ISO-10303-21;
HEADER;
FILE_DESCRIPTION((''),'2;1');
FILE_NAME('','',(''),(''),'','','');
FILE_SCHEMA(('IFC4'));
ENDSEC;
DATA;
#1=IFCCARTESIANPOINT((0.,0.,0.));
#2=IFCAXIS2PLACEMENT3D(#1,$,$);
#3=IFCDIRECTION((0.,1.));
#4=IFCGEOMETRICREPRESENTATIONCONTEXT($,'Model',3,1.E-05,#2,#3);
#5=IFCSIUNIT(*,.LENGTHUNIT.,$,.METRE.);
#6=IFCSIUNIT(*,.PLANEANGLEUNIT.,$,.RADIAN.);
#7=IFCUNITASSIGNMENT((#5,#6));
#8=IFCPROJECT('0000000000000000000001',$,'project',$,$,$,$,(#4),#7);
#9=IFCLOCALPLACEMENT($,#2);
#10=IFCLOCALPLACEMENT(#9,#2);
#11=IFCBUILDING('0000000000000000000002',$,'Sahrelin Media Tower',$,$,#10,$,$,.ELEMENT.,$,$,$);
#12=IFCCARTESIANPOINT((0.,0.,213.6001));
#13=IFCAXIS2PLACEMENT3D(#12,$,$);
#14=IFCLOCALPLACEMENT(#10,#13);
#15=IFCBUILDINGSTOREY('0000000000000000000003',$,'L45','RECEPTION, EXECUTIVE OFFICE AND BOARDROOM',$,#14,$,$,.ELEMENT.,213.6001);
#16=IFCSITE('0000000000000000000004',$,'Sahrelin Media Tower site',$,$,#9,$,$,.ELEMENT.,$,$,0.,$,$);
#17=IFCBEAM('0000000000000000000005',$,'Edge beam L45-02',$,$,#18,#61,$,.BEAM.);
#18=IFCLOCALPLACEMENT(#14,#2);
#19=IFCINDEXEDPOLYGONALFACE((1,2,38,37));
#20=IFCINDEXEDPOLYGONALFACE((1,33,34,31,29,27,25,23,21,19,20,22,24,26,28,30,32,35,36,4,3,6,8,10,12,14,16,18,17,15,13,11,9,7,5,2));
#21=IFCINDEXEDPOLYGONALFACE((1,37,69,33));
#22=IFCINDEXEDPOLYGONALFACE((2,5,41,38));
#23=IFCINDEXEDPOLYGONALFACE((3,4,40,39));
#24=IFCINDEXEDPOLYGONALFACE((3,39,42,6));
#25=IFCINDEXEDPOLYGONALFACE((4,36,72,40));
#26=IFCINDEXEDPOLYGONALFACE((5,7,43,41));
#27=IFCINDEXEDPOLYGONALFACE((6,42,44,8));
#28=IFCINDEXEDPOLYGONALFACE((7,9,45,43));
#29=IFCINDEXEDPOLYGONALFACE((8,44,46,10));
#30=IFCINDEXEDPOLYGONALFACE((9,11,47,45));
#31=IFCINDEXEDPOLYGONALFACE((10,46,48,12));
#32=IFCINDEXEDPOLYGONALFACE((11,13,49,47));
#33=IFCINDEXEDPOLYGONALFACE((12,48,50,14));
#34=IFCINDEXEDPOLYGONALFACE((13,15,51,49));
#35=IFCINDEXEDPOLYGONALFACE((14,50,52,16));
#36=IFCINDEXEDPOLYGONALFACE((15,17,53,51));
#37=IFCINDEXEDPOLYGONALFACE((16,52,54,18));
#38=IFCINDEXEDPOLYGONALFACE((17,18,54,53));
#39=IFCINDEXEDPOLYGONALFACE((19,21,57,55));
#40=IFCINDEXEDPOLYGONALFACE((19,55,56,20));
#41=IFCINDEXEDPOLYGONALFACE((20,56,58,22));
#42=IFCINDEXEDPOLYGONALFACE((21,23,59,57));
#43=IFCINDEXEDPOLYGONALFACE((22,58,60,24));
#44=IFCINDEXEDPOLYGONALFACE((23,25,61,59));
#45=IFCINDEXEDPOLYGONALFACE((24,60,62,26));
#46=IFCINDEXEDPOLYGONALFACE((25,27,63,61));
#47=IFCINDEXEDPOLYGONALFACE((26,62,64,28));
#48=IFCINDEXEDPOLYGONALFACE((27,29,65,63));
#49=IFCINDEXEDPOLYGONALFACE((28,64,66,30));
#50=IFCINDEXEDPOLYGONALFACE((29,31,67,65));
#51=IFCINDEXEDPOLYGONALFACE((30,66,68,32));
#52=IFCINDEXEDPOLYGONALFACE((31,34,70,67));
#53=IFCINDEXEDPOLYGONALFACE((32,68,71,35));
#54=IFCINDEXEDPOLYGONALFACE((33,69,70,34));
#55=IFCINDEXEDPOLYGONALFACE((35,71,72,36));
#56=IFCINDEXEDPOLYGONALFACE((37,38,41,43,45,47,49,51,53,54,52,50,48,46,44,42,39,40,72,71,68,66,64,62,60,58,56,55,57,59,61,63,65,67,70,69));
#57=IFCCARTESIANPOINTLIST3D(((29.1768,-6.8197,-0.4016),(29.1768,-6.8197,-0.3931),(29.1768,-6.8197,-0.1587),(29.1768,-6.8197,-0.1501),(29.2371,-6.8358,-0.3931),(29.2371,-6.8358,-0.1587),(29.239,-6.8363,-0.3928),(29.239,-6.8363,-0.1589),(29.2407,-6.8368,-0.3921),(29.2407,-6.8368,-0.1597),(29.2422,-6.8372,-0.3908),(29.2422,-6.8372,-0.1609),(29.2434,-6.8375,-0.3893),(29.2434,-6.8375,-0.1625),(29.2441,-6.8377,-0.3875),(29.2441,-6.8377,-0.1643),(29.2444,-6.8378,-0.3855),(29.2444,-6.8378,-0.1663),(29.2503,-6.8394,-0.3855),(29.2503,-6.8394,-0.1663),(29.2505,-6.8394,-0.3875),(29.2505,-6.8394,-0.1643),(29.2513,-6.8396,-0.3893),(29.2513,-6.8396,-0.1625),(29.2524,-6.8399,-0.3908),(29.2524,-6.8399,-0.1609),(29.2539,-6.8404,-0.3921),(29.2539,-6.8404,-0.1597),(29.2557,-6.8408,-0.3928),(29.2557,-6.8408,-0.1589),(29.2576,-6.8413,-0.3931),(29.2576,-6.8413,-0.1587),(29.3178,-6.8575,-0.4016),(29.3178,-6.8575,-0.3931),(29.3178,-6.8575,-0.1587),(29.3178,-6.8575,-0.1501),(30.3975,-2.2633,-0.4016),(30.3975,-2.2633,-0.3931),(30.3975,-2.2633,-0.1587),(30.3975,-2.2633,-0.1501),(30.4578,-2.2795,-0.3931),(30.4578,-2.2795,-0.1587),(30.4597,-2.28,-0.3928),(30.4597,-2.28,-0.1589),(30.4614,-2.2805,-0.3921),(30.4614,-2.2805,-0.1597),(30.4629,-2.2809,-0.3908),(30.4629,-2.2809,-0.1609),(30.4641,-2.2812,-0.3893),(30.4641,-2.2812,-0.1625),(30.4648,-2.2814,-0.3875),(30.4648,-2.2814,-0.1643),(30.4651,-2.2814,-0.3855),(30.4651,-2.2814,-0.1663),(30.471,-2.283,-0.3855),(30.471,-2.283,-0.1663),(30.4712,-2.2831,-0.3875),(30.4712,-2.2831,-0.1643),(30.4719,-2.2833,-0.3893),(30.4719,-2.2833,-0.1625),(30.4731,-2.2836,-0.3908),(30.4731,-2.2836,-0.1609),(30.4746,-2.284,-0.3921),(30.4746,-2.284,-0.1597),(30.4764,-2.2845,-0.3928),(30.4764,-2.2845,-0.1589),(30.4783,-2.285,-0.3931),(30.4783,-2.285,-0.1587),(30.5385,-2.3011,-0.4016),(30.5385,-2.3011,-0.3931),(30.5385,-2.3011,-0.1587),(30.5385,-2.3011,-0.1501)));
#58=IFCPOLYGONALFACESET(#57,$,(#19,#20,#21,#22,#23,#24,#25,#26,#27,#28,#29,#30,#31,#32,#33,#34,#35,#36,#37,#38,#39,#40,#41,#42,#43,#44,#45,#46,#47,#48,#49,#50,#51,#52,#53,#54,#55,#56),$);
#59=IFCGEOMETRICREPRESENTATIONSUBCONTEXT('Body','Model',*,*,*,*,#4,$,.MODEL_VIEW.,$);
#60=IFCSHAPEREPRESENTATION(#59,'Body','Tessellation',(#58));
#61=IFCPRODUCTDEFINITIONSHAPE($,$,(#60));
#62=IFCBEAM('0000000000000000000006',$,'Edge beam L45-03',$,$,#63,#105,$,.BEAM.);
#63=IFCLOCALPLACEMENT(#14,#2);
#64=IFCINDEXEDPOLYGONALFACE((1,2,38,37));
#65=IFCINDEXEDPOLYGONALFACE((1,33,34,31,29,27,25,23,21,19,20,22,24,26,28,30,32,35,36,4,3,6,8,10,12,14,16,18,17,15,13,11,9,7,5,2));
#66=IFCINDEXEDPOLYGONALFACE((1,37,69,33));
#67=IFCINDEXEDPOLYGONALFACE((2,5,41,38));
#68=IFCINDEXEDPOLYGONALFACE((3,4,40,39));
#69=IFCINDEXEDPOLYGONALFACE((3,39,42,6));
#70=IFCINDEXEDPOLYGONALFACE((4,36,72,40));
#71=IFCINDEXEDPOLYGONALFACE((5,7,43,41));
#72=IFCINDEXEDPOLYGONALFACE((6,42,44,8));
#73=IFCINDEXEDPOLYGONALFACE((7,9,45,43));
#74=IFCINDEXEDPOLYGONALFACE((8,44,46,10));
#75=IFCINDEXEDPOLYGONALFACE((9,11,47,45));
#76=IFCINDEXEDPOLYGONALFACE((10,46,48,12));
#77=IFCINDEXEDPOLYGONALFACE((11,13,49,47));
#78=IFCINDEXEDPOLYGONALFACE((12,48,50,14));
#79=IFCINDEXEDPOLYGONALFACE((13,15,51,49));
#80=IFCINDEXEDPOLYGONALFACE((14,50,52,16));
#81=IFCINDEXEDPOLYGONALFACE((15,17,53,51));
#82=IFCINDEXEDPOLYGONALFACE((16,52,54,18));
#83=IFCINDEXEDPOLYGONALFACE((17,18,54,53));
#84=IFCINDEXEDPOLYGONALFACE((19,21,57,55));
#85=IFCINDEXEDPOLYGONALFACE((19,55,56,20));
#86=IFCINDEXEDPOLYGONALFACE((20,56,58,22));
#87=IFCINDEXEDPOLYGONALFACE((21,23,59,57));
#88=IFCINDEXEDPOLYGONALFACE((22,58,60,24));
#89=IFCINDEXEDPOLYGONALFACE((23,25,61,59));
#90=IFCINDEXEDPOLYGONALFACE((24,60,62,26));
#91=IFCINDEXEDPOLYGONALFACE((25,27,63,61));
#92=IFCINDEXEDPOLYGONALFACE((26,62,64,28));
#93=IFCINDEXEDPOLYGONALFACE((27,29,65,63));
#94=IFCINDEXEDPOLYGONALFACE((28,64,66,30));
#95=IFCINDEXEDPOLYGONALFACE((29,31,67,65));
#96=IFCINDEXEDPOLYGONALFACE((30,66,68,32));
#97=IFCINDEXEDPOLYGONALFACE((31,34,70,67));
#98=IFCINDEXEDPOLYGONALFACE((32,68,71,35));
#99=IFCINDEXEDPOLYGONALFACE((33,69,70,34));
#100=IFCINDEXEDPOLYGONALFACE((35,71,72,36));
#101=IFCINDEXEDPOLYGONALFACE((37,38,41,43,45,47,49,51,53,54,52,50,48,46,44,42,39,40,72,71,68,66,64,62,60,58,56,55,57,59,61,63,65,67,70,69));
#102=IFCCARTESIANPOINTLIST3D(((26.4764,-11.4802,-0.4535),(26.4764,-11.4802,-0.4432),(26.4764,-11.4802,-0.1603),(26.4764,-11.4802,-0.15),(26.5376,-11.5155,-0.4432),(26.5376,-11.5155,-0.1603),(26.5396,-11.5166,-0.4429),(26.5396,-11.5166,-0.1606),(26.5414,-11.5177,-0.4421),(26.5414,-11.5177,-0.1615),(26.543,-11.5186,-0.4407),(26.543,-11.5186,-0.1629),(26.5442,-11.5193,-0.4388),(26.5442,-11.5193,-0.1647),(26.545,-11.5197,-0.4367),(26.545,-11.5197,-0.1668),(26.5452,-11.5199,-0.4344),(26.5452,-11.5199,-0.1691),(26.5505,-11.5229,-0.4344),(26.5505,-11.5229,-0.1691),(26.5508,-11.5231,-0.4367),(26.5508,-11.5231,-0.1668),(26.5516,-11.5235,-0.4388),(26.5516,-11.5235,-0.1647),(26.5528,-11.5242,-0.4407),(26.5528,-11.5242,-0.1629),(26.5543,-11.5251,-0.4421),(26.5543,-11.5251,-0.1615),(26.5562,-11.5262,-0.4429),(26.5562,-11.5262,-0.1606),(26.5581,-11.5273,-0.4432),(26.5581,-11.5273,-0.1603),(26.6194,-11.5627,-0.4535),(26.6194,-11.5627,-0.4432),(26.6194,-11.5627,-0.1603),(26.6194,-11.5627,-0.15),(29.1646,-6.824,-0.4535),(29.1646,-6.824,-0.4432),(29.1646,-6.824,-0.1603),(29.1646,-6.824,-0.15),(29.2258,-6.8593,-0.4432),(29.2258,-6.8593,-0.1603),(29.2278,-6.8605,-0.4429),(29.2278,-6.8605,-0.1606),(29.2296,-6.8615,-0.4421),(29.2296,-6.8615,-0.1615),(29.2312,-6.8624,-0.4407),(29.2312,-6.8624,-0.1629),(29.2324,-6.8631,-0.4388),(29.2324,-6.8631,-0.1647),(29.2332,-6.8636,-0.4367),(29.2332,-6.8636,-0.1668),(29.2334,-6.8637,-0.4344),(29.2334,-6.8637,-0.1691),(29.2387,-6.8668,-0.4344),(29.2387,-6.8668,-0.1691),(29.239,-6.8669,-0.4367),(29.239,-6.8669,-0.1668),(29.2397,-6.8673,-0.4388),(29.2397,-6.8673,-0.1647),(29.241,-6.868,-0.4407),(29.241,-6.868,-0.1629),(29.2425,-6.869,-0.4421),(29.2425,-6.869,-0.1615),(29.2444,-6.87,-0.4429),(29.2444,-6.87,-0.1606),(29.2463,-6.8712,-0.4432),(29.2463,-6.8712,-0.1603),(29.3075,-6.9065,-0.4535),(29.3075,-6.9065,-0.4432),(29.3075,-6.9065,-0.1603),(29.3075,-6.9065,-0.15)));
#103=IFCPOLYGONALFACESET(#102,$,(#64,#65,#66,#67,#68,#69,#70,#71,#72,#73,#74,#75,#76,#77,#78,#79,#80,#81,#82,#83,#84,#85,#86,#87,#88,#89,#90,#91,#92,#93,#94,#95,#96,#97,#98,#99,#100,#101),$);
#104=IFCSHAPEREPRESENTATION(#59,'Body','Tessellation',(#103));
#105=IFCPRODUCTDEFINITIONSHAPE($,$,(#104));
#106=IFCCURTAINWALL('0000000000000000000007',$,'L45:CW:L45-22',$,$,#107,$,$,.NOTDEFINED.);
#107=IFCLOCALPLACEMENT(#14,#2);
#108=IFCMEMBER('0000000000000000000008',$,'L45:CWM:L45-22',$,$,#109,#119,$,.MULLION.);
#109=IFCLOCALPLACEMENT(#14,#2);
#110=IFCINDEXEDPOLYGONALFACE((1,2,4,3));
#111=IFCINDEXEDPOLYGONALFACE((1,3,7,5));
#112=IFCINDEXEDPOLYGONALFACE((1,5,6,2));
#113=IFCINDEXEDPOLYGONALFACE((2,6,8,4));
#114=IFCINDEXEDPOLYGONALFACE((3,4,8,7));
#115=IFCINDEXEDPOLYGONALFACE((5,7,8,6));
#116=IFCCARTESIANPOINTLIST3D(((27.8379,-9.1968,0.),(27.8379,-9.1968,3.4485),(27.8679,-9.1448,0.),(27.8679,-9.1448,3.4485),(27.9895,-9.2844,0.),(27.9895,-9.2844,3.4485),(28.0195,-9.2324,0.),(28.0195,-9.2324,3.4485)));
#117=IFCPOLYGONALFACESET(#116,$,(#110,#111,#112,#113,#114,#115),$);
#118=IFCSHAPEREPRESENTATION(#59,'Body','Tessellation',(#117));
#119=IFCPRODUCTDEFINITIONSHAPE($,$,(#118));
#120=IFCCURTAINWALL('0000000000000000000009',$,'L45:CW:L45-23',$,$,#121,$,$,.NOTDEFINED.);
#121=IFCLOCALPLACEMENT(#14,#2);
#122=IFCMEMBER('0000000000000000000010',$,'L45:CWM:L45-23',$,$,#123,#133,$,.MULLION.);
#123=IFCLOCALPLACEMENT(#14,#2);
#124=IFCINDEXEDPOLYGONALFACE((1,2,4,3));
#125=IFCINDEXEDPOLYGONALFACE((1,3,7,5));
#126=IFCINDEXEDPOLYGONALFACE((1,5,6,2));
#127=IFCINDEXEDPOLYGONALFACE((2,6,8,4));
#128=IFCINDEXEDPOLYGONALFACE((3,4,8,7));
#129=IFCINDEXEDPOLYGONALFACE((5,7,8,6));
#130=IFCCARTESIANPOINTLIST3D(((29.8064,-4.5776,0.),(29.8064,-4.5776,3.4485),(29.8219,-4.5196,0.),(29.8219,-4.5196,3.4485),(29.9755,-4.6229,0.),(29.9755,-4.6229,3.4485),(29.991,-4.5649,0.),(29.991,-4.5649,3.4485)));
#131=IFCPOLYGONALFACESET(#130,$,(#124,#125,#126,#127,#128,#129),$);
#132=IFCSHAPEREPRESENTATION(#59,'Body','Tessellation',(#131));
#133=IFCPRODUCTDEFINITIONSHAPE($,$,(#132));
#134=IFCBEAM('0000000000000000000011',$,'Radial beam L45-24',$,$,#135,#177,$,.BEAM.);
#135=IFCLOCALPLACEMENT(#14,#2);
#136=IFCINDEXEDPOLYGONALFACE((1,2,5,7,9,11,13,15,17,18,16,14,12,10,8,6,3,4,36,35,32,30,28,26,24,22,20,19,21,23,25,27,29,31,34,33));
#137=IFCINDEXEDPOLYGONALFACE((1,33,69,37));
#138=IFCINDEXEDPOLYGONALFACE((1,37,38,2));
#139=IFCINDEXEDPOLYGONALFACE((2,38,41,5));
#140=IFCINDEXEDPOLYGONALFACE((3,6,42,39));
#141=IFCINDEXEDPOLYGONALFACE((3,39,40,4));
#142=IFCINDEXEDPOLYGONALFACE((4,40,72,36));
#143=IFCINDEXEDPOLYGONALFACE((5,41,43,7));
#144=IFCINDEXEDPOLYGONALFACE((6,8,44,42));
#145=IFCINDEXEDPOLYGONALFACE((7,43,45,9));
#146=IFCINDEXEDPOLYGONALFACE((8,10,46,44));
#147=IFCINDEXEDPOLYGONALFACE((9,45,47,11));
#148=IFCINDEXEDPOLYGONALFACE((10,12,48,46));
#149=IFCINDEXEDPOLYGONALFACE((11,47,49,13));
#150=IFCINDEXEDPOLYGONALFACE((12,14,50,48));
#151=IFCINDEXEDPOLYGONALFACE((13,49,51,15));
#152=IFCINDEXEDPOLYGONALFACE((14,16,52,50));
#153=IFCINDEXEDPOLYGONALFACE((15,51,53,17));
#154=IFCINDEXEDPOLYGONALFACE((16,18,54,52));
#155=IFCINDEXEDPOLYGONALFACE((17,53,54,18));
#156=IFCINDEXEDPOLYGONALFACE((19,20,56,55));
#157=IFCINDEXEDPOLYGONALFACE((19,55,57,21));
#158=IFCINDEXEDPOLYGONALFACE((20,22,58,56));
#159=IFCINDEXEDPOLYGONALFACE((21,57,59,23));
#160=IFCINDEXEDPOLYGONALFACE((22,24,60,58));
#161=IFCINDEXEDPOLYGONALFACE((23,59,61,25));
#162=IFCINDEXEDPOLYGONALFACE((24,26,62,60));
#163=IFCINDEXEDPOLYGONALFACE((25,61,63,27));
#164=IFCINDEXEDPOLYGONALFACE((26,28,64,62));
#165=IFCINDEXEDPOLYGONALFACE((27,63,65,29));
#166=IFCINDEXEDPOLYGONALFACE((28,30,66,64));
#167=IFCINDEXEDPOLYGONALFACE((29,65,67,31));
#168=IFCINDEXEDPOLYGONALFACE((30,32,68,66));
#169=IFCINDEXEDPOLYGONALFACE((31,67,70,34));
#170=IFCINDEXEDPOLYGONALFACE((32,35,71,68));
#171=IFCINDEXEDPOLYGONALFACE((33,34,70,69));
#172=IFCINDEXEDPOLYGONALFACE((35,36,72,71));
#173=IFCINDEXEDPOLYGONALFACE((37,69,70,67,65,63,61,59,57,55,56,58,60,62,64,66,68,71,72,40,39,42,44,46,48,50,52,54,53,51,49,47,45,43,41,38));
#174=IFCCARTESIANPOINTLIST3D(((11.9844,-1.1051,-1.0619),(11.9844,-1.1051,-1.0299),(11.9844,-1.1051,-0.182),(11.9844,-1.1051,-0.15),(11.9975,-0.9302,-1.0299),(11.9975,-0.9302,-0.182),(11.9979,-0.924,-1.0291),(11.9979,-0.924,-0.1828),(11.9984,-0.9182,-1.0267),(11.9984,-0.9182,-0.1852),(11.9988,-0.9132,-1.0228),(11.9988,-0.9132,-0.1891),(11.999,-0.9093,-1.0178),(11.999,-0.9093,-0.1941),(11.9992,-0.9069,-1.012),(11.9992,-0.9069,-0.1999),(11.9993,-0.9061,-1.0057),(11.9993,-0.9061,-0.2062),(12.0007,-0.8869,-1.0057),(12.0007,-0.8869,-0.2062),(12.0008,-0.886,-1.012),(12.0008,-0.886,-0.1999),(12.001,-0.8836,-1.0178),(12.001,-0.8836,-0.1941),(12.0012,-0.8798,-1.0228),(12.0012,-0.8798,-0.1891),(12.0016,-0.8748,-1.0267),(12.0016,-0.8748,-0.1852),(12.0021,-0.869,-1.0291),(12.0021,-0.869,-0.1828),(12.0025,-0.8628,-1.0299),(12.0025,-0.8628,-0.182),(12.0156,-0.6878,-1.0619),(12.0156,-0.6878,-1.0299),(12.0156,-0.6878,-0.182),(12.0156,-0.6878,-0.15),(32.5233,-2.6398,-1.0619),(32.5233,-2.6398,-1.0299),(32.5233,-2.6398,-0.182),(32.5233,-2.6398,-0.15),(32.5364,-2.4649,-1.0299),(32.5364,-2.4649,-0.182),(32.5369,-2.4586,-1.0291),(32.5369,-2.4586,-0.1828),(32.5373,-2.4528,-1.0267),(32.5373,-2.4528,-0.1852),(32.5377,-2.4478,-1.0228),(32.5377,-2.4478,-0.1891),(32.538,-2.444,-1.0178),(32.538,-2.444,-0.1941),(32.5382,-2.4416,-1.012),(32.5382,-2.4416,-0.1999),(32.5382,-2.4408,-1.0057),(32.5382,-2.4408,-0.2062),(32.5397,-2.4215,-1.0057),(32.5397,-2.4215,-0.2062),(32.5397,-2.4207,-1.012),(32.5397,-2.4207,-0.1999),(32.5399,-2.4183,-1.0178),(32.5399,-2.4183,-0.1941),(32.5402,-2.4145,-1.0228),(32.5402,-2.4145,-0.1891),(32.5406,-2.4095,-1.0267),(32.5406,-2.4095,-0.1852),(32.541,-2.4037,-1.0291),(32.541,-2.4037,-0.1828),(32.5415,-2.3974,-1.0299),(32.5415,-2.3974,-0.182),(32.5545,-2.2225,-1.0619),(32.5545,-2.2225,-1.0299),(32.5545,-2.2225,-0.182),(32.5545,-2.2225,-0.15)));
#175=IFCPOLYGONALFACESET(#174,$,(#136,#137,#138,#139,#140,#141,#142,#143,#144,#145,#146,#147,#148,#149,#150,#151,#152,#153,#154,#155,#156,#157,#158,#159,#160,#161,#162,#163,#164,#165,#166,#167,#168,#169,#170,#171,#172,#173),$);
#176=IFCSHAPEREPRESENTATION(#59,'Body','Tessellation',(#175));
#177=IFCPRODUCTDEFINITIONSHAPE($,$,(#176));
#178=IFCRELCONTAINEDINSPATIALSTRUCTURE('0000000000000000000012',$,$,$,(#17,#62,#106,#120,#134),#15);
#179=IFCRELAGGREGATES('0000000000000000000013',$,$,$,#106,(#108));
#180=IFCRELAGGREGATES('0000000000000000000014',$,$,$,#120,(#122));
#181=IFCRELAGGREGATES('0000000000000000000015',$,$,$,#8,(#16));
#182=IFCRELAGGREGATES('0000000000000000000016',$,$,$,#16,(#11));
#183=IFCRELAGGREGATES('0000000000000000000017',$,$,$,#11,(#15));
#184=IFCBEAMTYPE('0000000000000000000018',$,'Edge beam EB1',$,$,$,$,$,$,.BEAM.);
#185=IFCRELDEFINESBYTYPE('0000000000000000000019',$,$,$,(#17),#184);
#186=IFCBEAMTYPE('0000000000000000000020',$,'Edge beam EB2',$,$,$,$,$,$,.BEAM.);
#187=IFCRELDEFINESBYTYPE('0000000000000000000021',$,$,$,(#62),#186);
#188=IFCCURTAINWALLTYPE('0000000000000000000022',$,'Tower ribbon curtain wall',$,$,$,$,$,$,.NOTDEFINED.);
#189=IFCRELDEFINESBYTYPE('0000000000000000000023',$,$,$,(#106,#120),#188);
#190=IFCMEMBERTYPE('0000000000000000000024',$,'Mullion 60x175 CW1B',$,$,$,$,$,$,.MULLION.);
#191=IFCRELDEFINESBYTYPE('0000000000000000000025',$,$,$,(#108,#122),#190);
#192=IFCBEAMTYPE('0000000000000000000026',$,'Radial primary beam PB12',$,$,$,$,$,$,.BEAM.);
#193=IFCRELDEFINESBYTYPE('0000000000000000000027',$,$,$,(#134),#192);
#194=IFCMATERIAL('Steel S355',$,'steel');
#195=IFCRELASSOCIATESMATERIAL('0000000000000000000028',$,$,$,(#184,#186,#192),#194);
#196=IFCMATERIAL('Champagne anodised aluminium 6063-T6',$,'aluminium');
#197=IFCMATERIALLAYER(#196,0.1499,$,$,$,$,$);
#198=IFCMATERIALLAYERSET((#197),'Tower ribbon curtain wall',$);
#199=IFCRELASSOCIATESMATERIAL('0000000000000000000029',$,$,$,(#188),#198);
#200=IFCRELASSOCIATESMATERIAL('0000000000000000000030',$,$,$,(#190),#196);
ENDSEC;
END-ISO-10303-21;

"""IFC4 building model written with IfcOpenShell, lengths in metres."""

from ifc_helpers import new_model, si_unit, direction, frame, origin, origin_2d, place, context, subcontext, project, spatial, rectangle, i_section, extrude, material, layer, layer_set, material_profile, profile_set, type_object, element, aggregate, save


model = new_model("IFC4")

# Units and contexts
model_context = context("Model", 3, precision=1e-05, world=origin(), true_north=direction((0.0, 1.0)))
body_context = subcontext(model_context, "Body", "Model", "MODEL_VIEW")
ifc_project = project(units=[si_unit("LENGTHUNIT", "METRE"), si_unit("PLANEANGLEUNIT", "RADIAN")], contexts=[model_context])

# Site, building, storey
site_placement = place(None, origin())
site = spatial("IfcSite", under=ifc_project, at=site_placement, Name="Sahrelin Media Tower site", CompositionType="ELEMENT", RefElevation=0.0)
building_placement = place(site_placement, origin())
building = spatial("IfcBuilding", under=site, at=building_placement, Name="Sahrelin Media Tower", CompositionType="ELEMENT")
storey_placement = place(building_placement, frame((0.0, 0.0, 213.6001)))
storey = spatial("IfcBuildingStorey", under=building, at=storey_placement, Name="L45", Description="RECEPTION, EXECUTIVE OFFICE AND BOARDROOM", CompositionType="ELEMENT", Elevation=213.6001)

# Beams
ifc_material_1 = material(Name="Steel S355", Category="steel")
ifc_material_profile_1 = material_profile(ifc_material_1, i_section(OverallWidth=0.146, OverallDepth=0.2515, WebThickness=0.0061, FlangeThickness=0.0085, FilletRadius=0.0076, at=origin_2d()), Name="UB 254x146x31")
ifc_profile_set_1 = profile_set([ifc_material_profile_1], Name="Steel S355")
beam_type_1 = type_object("IfcBeamType", Name="Edge beam EB1", PredefinedType="BEAM", material=ifc_profile_set_1)
beam_1_placement = place(storey_placement, frame((30.468, -2.2822, -0.2759), z_axis=(-0.258784, -0.965935, 0.0), x_axis=(0.965935, -0.258784, 0.0)))
element("IfcBeam", 1, at=beam_1_placement, inside=storey, type_object=beam_type_1, Name="Edge beam L45-02", PredefinedType="BEAM", context=body_context, shape_type="SweptSolid", body=[
    extrude(i_section(OverallWidth=0.146, OverallDepth=0.2515, WebThickness=0.0061, FlangeThickness=0.0085, FilletRadius=0.0076, at=origin_2d()), origin(), (0.0, 0.0, 1.0), 4.717),
])
ifc_material_profile_2 = material_profile(ifc_material_1, i_section(OverallWidth=0.165, OverallDepth=0.3035, WebThickness=0.0061, FlangeThickness=0.0103, FilletRadius=0.0088, at=origin_2d()), Name="UB 305x165x40")
ifc_profile_set_2 = profile_set([ifc_material_profile_2], Name="Steel S355")
beam_type_2 = type_object("IfcBeamType", Name="Edge beam EB2", PredefinedType="BEAM", material=ifc_profile_set_2)
beam_2_placement = place(storey_placement, frame((29.2361, -6.8652, -0.3018), z_axis=(-0.499992, -0.86603, 0.0), x_axis=(0.86603, -0.499992, 0.0)))
element("IfcBeam", 2, at=beam_2_placement, inside=storey, type_object=beam_type_2, Name="Edge beam L45-03", PredefinedType="BEAM", context=body_context, shape_type="SweptSolid", body=[
    extrude(i_section(OverallWidth=0.165, OverallDepth=0.3035, WebThickness=0.0061, FlangeThickness=0.0103, FilletRadius=0.0088, at=origin_2d()), origin(), (0.0, 0.0, 1.0), 5.3765),
])

# Curtain walls, members
ifc_material_2 = material(Name="Champagne anodised aluminium 6063-T6", Category="aluminium")
ifc_layer_1 = layer(ifc_material_2, 0.1499)
ifc_layer_set_1 = layer_set([ifc_layer_1], Name="Tower ribbon curtain wall")
curtain_wall_type = type_object("IfcCurtainWallType", Name="Tower ribbon curtain wall", PredefinedType="NOTDEFINED", material=ifc_layer_set_1)
curtain_wall_1_placement = place(storey_placement, frame((28.022, -9.2683, 0.0), z_axis=(0.0, 0.0, 1.0), x_axis=(1.0, 0.0, 0.0)))
curtain_wall_1 = element("IfcCurtainWall", 3, at=curtain_wall_1_placement, inside=storey, type_object=curtain_wall_type, Name="L45:CW:L45-22", PredefinedType="NOTDEFINED")
ifc_material_profile_3 = material_profile(ifc_material_2, rectangle(XDim=0.0601, YDim=0.175, at=origin_2d()), Name="Mullion 60x175")
ifc_profile_set_3 = profile_set([ifc_material_profile_3], Name="Champagne anodised aluminium 6063-T6")
member_type_1 = type_object("IfcMemberType", Name="Mullion 60x175 CW1B", PredefinedType="MULLION", material=ifc_profile_set_3)
member_1_placement = place(storey_placement, frame((27.9287, -9.2146, 0.0), z_axis=(0.0, 0.0, 1.0), x_axis=(0.499998, 0.866026, 0.0)))
member_1 = element("IfcMember", 4, at=member_1_placement, type_object=member_type_1, Name="L45:CWM:L45-22", PredefinedType="MULLION", context=body_context, shape_type="SweptSolid", body=[
    extrude(rectangle(XDim=0.0601, YDim=0.175, at=origin_2d()), origin(), (0.0, 0.0, 1.0), 3.4485),
])
aggregate(curtain_wall_1, [member_1])
curtain_wall_2_placement = place(storey_placement, frame((30.0024, -4.5991, 0.0), z_axis=(0.0, 0.0, 1.0), x_axis=(1.0, 0.0, 0.0)))
curtain_wall_2 = element("IfcCurtainWall", 5, at=curtain_wall_2_placement, inside=storey, type_object=curtain_wall_type, Name="L45:CW:L45-23", PredefinedType="NOTDEFINED")
member_2_placement = place(storey_placement, frame((29.8987, -4.5713, 0.0), z_axis=(0.0, 0.0, 1.0), x_axis=(0.258821, 0.965925, 0.0)))
member_2 = element("IfcMember", 6, at=member_2_placement, type_object=member_type_1, Name="L45:CWM:L45-23", PredefinedType="MULLION", context=body_context, shape_type="SweptSolid", body=[
    extrude(rectangle(XDim=0.0601, YDim=0.175, at=origin_2d()), origin(), (0.0, 0.0, 1.0), 3.4485),
])

# Beam
ifc_material_profile_4 = material_profile(ifc_material_1, i_section(OverallWidth=0.4185, OverallDepth=0.9119, WebThickness=0.0193, FlangeThickness=0.032, FilletRadius=0.0242, at=origin_2d()), Name="UB 914x419x343")
ifc_profile_set_4 = profile_set([ifc_material_profile_4], Name="Steel S355")
beam_type_3 = type_object("IfcBeamType", Name="Radial primary beam PB12", PredefinedType="BEAM", material=ifc_profile_set_4)
beam_3_placement = place(storey_placement, frame((12.0, -0.8965, -0.606), z_axis=(0.99722, -0.074513, 0.0), x_axis=(0.074513, 0.99722, 0.0)))
element("IfcBeam", 7, at=beam_3_placement, inside=storey, type_object=beam_type_3, Name="Radial beam L45-24", PredefinedType="BEAM", context=body_context, shape_type="SweptSolid", body=[
    extrude(i_section(OverallWidth=0.4185, OverallDepth=0.9119, WebThickness=0.0193, FlangeThickness=0.032, FilletRadius=0.0242, at=origin_2d()), origin(), (0.0, 0.0, 1.0), 20.5962),
])

aggregate(curtain_wall_2, [member_2])

save(model, "model.ifc")
